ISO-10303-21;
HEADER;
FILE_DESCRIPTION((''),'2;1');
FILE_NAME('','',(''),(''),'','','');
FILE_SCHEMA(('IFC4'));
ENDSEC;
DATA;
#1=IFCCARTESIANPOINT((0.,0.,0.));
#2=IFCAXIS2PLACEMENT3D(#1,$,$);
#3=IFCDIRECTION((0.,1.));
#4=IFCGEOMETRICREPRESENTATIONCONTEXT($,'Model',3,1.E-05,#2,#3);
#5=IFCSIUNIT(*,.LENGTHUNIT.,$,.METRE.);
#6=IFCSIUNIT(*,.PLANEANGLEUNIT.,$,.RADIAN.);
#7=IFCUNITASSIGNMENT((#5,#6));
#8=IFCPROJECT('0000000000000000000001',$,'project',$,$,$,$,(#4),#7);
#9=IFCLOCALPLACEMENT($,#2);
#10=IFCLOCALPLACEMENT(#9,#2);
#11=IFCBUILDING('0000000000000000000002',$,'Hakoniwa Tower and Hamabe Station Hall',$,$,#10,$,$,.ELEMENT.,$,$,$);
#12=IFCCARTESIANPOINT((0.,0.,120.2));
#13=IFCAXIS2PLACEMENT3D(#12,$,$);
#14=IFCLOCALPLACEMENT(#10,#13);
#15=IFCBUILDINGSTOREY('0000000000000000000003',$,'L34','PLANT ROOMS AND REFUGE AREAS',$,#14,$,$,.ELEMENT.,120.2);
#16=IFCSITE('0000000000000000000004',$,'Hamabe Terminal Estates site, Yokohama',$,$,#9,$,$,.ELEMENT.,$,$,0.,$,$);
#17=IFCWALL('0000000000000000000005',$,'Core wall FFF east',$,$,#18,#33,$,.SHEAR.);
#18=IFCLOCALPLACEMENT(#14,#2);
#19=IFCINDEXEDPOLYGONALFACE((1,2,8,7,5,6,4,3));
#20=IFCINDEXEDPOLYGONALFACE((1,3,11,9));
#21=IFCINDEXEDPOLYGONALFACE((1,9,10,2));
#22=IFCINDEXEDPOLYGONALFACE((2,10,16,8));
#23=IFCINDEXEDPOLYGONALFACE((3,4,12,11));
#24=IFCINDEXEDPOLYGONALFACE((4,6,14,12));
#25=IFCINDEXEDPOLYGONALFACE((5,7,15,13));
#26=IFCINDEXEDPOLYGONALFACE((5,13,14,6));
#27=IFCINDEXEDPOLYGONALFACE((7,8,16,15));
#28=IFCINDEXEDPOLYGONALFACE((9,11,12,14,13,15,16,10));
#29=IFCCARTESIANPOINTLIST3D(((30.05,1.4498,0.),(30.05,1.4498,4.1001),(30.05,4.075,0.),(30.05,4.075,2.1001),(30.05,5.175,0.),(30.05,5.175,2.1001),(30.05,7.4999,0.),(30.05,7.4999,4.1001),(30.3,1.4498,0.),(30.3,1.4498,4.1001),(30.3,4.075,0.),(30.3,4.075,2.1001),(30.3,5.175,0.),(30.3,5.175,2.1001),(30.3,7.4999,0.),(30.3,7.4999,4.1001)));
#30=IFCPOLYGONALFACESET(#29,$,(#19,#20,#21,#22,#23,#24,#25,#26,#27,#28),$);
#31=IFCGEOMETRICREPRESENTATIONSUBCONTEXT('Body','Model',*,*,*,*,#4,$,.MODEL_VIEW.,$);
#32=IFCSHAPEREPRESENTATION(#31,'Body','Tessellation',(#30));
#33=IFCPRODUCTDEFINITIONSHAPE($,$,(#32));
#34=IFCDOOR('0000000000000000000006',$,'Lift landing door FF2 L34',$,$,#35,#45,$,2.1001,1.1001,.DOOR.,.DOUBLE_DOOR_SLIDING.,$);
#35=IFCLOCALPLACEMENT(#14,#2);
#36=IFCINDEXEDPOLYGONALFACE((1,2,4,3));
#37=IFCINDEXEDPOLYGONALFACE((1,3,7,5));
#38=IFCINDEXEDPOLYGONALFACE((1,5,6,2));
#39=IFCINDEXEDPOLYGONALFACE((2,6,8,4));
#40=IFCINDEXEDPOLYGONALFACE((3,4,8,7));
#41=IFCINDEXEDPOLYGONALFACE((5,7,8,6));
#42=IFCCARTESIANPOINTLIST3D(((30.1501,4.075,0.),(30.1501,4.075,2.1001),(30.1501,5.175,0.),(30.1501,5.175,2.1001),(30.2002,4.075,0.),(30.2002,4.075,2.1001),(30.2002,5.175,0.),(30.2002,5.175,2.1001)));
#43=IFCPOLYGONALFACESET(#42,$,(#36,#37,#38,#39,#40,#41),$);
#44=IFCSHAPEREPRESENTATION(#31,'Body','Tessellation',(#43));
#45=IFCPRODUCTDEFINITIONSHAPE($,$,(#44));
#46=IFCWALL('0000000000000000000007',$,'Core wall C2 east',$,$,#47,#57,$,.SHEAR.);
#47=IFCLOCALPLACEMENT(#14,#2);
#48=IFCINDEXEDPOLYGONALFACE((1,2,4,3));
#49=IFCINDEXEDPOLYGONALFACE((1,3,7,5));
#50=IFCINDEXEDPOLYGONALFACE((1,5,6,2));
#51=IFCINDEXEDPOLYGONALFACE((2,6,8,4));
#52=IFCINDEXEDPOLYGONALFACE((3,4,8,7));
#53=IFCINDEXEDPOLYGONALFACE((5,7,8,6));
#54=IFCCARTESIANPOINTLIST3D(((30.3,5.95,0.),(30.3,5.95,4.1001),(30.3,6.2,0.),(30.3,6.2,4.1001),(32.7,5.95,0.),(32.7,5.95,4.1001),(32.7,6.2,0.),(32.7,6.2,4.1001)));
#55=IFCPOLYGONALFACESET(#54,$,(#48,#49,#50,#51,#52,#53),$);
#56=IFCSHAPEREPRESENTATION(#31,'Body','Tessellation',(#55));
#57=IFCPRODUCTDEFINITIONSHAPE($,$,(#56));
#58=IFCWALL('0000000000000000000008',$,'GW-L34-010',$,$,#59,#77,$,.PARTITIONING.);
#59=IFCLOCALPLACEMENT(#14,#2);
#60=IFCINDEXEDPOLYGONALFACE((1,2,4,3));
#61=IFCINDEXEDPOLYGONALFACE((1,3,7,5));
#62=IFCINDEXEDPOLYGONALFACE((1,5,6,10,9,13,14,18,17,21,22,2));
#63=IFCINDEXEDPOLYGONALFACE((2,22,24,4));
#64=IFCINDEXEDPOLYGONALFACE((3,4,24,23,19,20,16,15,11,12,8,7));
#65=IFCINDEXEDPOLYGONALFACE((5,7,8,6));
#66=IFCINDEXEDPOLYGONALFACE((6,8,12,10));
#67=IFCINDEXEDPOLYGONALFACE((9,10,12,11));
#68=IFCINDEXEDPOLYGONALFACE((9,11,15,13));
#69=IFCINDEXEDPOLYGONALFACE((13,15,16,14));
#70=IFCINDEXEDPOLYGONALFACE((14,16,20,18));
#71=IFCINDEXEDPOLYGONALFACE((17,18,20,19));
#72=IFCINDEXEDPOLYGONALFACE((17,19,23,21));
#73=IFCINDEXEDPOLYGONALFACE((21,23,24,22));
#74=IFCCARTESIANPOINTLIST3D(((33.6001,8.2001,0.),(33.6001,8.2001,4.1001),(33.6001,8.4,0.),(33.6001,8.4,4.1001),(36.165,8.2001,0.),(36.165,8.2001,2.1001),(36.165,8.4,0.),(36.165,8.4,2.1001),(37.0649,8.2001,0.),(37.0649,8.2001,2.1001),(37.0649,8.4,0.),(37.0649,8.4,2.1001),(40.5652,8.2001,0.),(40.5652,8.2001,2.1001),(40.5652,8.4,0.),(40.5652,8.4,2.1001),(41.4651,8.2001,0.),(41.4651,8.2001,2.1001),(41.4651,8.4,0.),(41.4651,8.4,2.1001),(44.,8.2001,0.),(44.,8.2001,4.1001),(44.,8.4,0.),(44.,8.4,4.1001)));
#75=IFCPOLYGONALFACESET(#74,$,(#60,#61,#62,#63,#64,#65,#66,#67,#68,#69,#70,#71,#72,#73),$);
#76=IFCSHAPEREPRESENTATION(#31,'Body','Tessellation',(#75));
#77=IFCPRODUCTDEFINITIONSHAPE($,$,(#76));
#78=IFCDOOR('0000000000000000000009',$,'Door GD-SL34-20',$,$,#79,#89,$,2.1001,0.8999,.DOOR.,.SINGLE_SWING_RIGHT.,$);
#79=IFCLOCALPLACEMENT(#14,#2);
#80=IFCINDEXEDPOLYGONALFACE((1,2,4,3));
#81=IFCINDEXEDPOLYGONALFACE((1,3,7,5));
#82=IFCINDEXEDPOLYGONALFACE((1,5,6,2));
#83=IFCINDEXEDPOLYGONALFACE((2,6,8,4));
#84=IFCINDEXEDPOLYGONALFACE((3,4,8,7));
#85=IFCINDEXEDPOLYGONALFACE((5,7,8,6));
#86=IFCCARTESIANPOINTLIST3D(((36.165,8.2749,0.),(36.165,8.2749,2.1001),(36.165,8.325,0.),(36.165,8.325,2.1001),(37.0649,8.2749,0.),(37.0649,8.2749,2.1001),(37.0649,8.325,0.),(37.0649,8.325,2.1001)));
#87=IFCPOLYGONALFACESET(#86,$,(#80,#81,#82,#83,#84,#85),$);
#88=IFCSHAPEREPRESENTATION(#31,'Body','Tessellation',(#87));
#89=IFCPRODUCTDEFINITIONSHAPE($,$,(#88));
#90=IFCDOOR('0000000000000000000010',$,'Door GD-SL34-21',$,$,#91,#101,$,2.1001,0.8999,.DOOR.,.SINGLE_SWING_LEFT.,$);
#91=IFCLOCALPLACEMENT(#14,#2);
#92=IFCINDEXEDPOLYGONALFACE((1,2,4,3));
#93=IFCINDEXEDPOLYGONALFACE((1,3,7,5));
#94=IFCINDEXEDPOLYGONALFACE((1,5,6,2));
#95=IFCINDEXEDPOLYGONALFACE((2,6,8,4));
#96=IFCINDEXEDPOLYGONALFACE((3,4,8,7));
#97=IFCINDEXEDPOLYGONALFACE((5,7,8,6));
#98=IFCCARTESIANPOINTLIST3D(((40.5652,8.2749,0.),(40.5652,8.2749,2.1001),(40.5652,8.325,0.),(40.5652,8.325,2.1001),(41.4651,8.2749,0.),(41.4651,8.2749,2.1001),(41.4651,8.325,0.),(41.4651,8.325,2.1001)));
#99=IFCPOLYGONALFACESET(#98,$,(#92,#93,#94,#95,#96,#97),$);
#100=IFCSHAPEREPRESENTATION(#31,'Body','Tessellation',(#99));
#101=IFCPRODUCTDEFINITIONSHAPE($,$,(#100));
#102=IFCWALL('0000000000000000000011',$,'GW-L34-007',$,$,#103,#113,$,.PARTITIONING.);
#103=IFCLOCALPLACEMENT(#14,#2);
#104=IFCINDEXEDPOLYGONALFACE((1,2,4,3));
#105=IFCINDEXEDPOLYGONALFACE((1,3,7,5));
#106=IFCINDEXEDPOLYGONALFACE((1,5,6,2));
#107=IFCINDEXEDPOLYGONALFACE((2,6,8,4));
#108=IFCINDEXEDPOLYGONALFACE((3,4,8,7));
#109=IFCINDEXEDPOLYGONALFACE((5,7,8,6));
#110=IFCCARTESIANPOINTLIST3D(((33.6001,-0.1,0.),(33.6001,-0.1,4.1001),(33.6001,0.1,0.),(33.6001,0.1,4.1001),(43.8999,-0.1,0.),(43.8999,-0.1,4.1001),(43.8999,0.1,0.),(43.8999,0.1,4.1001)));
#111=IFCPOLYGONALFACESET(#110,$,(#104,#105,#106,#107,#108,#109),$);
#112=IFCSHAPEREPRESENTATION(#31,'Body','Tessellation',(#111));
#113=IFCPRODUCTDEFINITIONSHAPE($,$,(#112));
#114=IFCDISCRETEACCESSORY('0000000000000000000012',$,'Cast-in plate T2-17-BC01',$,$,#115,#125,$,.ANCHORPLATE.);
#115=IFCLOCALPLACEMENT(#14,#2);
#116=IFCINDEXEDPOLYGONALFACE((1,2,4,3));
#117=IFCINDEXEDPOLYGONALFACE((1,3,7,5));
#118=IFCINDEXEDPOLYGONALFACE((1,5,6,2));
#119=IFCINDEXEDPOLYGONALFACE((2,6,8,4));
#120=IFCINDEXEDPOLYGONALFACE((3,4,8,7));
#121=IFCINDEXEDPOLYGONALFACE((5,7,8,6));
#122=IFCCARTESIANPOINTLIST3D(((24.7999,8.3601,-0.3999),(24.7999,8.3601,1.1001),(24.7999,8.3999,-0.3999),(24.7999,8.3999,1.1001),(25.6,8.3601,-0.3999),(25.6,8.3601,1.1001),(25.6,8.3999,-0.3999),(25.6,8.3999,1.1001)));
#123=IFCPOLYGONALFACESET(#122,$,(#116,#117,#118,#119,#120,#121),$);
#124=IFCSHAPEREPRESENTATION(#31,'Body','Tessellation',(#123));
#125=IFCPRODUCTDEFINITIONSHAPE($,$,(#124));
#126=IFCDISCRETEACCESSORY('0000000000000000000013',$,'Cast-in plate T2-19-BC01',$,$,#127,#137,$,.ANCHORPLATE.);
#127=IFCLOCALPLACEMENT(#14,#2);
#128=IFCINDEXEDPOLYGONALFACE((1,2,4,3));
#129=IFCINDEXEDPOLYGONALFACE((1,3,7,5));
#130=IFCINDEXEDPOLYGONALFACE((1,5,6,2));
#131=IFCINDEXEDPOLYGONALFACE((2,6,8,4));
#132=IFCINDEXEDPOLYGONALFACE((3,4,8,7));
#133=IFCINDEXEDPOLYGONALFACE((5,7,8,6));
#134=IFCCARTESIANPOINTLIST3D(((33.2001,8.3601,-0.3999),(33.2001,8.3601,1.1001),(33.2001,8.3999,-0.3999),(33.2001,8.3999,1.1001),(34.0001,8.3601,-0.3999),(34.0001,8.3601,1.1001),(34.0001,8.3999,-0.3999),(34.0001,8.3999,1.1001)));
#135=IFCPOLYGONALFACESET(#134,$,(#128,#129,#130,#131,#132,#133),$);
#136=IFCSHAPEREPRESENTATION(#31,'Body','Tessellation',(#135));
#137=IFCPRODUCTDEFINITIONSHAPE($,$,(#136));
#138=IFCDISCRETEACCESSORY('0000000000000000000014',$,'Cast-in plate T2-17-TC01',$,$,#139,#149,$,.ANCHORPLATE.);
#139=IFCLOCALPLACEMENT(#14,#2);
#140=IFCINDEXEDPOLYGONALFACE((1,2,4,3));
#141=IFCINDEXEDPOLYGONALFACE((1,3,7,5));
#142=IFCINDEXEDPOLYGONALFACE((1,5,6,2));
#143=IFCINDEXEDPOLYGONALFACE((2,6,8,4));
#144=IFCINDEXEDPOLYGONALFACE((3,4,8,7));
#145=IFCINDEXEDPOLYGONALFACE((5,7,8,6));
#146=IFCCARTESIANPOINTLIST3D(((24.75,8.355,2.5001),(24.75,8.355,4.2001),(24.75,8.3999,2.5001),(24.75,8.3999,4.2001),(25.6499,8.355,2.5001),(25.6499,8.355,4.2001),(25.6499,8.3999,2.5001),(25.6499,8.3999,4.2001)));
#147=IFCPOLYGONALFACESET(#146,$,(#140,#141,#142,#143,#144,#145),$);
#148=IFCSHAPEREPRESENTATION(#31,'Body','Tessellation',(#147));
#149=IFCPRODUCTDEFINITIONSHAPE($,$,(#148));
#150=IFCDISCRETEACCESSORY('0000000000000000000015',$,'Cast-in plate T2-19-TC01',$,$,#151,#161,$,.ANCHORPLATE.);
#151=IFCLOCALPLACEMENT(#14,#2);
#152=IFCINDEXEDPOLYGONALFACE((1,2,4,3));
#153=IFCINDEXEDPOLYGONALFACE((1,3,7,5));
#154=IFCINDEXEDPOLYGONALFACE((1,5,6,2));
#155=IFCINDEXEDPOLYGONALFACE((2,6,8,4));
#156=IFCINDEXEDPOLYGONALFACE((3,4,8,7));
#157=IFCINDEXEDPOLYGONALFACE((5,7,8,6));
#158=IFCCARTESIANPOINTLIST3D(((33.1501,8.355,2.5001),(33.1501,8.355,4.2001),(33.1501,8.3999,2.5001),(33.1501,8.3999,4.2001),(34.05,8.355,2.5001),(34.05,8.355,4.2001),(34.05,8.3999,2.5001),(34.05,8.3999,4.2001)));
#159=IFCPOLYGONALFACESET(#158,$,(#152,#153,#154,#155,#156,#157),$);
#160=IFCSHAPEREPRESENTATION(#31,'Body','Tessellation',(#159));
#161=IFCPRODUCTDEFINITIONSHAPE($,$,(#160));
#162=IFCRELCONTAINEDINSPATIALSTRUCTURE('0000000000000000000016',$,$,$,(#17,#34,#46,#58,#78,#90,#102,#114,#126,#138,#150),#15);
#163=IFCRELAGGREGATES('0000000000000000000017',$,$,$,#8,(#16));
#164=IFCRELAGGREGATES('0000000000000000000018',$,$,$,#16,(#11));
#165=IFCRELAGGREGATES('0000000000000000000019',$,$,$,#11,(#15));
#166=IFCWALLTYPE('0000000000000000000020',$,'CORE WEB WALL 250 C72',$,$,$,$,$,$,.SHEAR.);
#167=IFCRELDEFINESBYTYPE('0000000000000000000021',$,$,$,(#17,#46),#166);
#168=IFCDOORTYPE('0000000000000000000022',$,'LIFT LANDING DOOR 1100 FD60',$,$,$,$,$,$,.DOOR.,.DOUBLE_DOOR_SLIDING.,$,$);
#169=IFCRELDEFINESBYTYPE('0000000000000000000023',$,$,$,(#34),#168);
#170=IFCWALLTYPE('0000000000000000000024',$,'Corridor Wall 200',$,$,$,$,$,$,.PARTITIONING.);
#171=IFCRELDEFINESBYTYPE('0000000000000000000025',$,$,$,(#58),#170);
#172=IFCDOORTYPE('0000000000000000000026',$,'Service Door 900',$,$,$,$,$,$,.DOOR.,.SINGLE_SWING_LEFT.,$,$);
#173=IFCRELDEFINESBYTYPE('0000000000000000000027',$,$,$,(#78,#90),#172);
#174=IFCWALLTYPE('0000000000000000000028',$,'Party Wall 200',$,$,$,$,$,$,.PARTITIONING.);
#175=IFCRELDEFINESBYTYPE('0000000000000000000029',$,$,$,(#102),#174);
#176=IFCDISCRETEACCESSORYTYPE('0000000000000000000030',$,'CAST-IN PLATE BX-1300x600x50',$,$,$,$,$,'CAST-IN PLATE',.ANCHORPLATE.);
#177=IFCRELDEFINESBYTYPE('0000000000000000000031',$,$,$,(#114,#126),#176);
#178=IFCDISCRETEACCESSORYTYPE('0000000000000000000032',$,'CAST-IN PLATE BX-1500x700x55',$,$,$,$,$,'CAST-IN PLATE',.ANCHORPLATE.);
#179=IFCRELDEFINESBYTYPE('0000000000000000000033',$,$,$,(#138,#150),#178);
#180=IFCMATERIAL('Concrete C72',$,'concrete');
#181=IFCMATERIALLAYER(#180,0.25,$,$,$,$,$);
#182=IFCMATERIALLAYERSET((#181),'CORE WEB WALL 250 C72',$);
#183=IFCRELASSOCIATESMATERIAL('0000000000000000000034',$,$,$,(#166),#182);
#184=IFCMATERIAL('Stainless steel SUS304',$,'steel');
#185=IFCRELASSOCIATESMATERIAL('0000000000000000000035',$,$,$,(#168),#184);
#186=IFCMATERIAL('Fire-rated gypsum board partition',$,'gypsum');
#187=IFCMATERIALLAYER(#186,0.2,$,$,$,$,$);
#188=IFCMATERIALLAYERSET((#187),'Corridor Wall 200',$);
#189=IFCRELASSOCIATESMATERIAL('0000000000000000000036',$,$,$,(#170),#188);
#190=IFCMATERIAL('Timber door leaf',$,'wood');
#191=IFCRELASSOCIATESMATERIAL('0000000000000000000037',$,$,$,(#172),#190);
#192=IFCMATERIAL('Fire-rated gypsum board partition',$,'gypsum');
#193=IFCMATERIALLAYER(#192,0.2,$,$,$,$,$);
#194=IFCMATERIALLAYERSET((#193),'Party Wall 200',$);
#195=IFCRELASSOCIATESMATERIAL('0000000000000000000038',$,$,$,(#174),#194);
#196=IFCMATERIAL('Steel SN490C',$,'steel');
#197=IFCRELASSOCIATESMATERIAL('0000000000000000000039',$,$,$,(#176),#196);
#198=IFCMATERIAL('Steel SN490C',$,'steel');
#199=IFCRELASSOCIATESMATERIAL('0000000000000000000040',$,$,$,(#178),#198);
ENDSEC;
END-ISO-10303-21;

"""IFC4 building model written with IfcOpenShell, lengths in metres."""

from ifc_helpers import new_model, si_unit, direction, frame, frame_2d, origin, origin_2d, place, context, subcontext, project, spatial, rectangle, extrude, material, layer, layer_set, material_profile, profile_set, type_object, element, fill, save


model = new_model("IFC4")

# Units and contexts
model_context = context("Model", 3, precision=1e-05, world=origin(), true_north=direction((0.0, 1.0)))
body_context = subcontext(model_context, "Body", "Model", "MODEL_VIEW")
ifc_project = project(units=[si_unit("LENGTHUNIT", "METRE"), si_unit("PLANEANGLEUNIT", "RADIAN")], contexts=[model_context])

# Site, building, storey
site_placement = place(None, origin())
site = spatial("IfcSite", under=ifc_project, at=site_placement, Name="Hamabe Terminal Estates site, Yokohama", CompositionType="ELEMENT", RefElevation=0.0)
building_placement = place(site_placement, origin())
building = spatial("IfcBuilding", under=site, at=building_placement, Name="Hakoniwa Tower and Hamabe Station Hall", CompositionType="ELEMENT")
storey_placement = place(building_placement, frame((0.0, 0.0, 120.2)))
storey = spatial("IfcBuildingStorey", under=building, at=storey_placement, Name="L34", Description="PLANT ROOMS AND REFUGE AREAS", CompositionType="ELEMENT", Elevation=120.2)

# Shared definitions
ifc_material_1 = material(Name="Concrete C72", Category="concrete")
ifc_layer_1 = layer(ifc_material_1, 0.25)
ifc_layer_set_1 = layer_set([ifc_layer_1], Name="CORE WEB WALL 250 C72")
wall_type_1 = type_object("IfcWallType", Name="CORE WEB WALL 250 C72", PredefinedType="SHEAR", material=ifc_layer_set_1)

# Wall, opening, door
wall_1_placement = place(storey_placement, frame((30.175, 1.45, 0.0), z_axis=(0.0, 0.0, 1.0), x_axis=(0.0, 1.0, 0.0)))
wall_1 = element("IfcWall", 1, at=wall_1_placement, inside=storey, type_object=wall_type_1, Name="Core wall FFF east", PredefinedType="SHEAR", context=body_context, shape_type="SweptSolid", body=[
    extrude(rectangle(XDim=6.05, YDim=0.25, at=frame_2d((3.0249, 0.0))), origin(), (0.0, 0.0, 1.0), 4.1001),
])
opening_1_placement = place(wall_1_placement, frame((2.625, 0.0, 0.0)))
opening_1 = element("IfcOpeningElement", 2, at=opening_1_placement, cuts=wall_1, PredefinedType="OPENING", context=body_context, shape_type="SweptSolid", body=[
    extrude(rectangle(XDim=1.1001, YDim=2.1001, at=frame_2d((0.55, 1.05))), frame((0.0, 0.135, 0.0), z_axis=(0.0, -1.0, 0.0), x_axis=(1.0, 0.0, 0.0)), (0.0, 0.0, 1.0), 0.27),
])
ifc_material_2 = material(Name="Stainless steel SUS304", Category="steel")
door_type_1 = type_object("IfcDoorType", Name="LIFT LANDING DOOR 1100 FD60", OperationType="DOUBLE_DOOR_SLIDING", PredefinedType="DOOR", material=ifc_material_2)
door_1_placement = place(opening_1_placement, origin())
door_1 = element("IfcDoor", 3, at=door_1_placement, inside=storey, type_object=door_type_1, Name="Lift landing door FF2 L34", OperationType="DOUBLE_DOOR_SLIDING", OverallHeight=2.1001, OverallWidth=1.1001, PredefinedType="DOOR", context=body_context, shape_type="SweptSolid", body=[
    extrude(rectangle(XDim=1.1001, YDim=2.1001, at=frame_2d((0.55, 1.05))), frame((0.0, 0.0249, 0.0), z_axis=(0.0, -1.0, 0.0), x_axis=(1.0, 0.0, 0.0)), (0.0, 0.0, 1.0), 0.05),
])
fill(opening_1, door_1)

# Wall
wall_2_placement = place(storey_placement, frame((30.3, 6.075, 0.0), z_axis=(0.0, 0.0, 1.0), x_axis=(1.0, 0.0, 0.0)))
element("IfcWall", 4, at=wall_2_placement, inside=storey, type_object=wall_type_1, Name="Core wall C2 east", PredefinedType="SHEAR", context=body_context, shape_type="SweptSolid", body=[
    extrude(rectangle(XDim=2.3999, YDim=0.25, at=frame_2d((1.2, 0.0))), origin(), (0.0, 0.0, 1.0), 4.1001),
])

# Wall, openings, doors
ifc_material_3 = material(Name="Fire-rated gypsum board partition", Category="gypsum")
ifc_layer_2 = layer(ifc_material_3, 0.2)
ifc_layer_set_2 = layer_set([ifc_layer_2], Name="Corridor Wall 200")
wall_type_2 = type_object("IfcWallType", Name="Corridor Wall 200", PredefinedType="PARTITIONING", material=ifc_layer_set_2)
wall_3_placement = place(storey_placement, frame((33.6001, 8.3, 0.0), z_axis=(0.0, 0.0, 1.0), x_axis=(1.0, 0.0, 0.0)))
wall_3 = element("IfcWall", 5, at=wall_3_placement, inside=storey, type_object=wall_type_2, Name="GW-L34-010", PredefinedType="PARTITIONING", context=body_context, shape_type="SweptSolid", body=[
    extrude(rectangle(XDim=10.3999, YDim=0.2, at=frame_2d((5.2, 0.0))), origin(), (0.0, 0.0, 1.0), 4.1001),
])
opening_2_placement = place(wall_3_placement, frame((2.5649, 0.0, 0.0)))
opening_2 = element("IfcOpeningElement", 6, at=opening_2_placement, cuts=wall_3, PredefinedType="OPENING", context=body_context, shape_type="SweptSolid", body=[
    extrude(rectangle(XDim=0.8999, YDim=2.1001, at=frame_2d((0.45, 1.05))), frame((0.0, 0.1099, 0.0), z_axis=(0.0, -1.0, 0.0), x_axis=(1.0, 0.0, 0.0)), (0.0, 0.0, 1.0), 0.22),
])
opening_3_placement = place(wall_3_placement, frame((6.9651, 0.0, 0.0)))
opening_3 = element("IfcOpeningElement", 7, at=opening_3_placement, cuts=wall_3, PredefinedType="OPENING", context=body_context, shape_type="SweptSolid", body=[
    extrude(rectangle(XDim=0.8999, YDim=2.1001, at=frame_2d((0.45, 1.05))), frame((0.0, 0.1099, 0.0), z_axis=(0.0, -1.0, 0.0), x_axis=(1.0, 0.0, 0.0)), (0.0, 0.0, 1.0), 0.22),
])
ifc_material_4 = material(Name="Timber door leaf", Category="wood")
door_type_2 = type_object("IfcDoorType", Name="Service Door 900", OperationType="SINGLE_SWING_LEFT", PredefinedType="DOOR", material=ifc_material_4)
door_2_placement = place(opening_2_placement, origin())
door_2 = element("IfcDoor", 8, at=door_2_placement, inside=storey, type_object=door_type_2, Name="Door GD-SL34-20", OperationType="SINGLE_SWING_RIGHT", OverallHeight=2.1001, OverallWidth=0.8999, PredefinedType="DOOR", context=body_context, shape_type="SweptSolid", body=[
    extrude(rectangle(XDim=0.8999, YDim=2.1001, at=frame_2d((0.45, 1.05))), frame((0.0, 0.0249, 0.0), z_axis=(0.0, -1.0, 0.0), x_axis=(1.0, 0.0, 0.0)), (0.0, 0.0, 1.0), 0.05),
])
fill(opening_2, door_2)
door_3_placement = place(opening_3_placement, origin())
door_3 = element("IfcDoor", 9, at=door_3_placement, inside=storey, type_object=door_type_2, Name="Door GD-SL34-21", OperationType="SINGLE_SWING_LEFT", OverallHeight=2.1001, OverallWidth=0.8999, PredefinedType="DOOR", context=body_context, shape_type="SweptSolid", body=[
    extrude(rectangle(XDim=0.8999, YDim=2.1001, at=frame_2d((0.45, 1.05))), frame((0.0, 0.0249, 0.0), z_axis=(0.0, -1.0, 0.0), x_axis=(1.0, 0.0, 0.0)), (0.0, 0.0, 1.0), 0.05),
])
fill(opening_3, door_3)

# Wall
ifc_material_5 = material(Name="Fire-rated gypsum board partition", Category="gypsum")
ifc_layer_3 = layer(ifc_material_5, 0.2)
ifc_layer_set_3 = layer_set([ifc_layer_3], Name="Party Wall 200")
wall_type_3 = type_object("IfcWallType", Name="Party Wall 200", PredefinedType="PARTITIONING", material=ifc_layer_set_3)
wall_4_placement = place(storey_placement, frame((33.6001, 0.0, 0.0), z_axis=(0.0, 0.0, 1.0), x_axis=(1.0, 0.0, 0.0)))
element("IfcWall", 10, at=wall_4_placement, inside=storey, type_object=wall_type_3, Name="GW-L34-007", PredefinedType="PARTITIONING", context=body_context, shape_type="SweptSolid", body=[
    extrude(rectangle(XDim=10.2998, YDim=0.2, at=frame_2d((5.1499, 0.0))), origin(), (0.0, 0.0, 1.0), 4.1001),
])

# Discrete accessories
ifc_material_6 = material(Name="Steel SN490C", Category="steel")
ifc_material_profile_1 = material_profile(ifc_material_6, rectangle(XDim=0.8, YDim=1.5, at=origin_2d()), Name="CAST-IN PLATE BX-1300x600x50")
ifc_profile_set_1 = profile_set([ifc_material_profile_1], Name="Steel SN490C")
discrete_accessory_type_1 = type_object("IfcDiscreteAccessoryType", Name="CAST-IN PLATE BX-1300x600x50", ElementType="CAST-IN PLATE", PredefinedType="ANCHORPLATE", material=ifc_profile_set_1)
for number, where, z_axis, x_axis, name in (
    (11, (25.2, 8.3601, 0.3501), (0.0, 1.0, 0.0), (-1.0, 0.0, 0.0), "Cast-in plate T2-17-BC01"),
    (12, (33.6001, 8.3601, 0.3501), (0.0, 1.0, 0.0), (-1.0, 0.0, 0.0), "Cast-in plate T2-19-BC01"),
):
    element("IfcDiscreteAccessory", number, at=place(storey_placement, frame(where, z_axis=z_axis, x_axis=x_axis)), inside=storey, type_object=discrete_accessory_type_1, Name=name, PredefinedType="ANCHORPLATE", context=body_context, shape_type="SweptSolid", body=[
        extrude(rectangle(XDim=0.8, YDim=1.5, at=origin_2d()), origin(), (0.0, 0.0, 1.0), 0.0398),
    ])
ifc_material_7 = material(Name="Steel SN490C", Category="steel")
ifc_material_profile_2 = material_profile(ifc_material_7, rectangle(XDim=0.8999, YDim=1.7, at=origin_2d()), Name="CAST-IN PLATE BX-1500x700x55")
ifc_profile_set_2 = profile_set([ifc_material_profile_2], Name="Steel SN490C")
discrete_accessory_type_2 = type_object("IfcDiscreteAccessoryType", Name="CAST-IN PLATE BX-1500x700x55", ElementType="CAST-IN PLATE", PredefinedType="ANCHORPLATE", material=ifc_profile_set_2)
for number, where, z_axis, x_axis, name in (
    (13, (25.2, 8.355, 3.3501), (0.0, 1.0, 0.0), (-1.0, 0.0, 0.0), "Cast-in plate T2-17-TC01"),
    (14, (33.6001, 8.355, 3.3501), (0.0, 1.0, 0.0), (-1.0, 0.0, 0.0), "Cast-in plate T2-19-TC01"),
):
    element("IfcDiscreteAccessory", number, at=place(storey_placement, frame(where, z_axis=z_axis, x_axis=x_axis)), inside=storey, type_object=discrete_accessory_type_2, Name=name, PredefinedType="ANCHORPLATE", context=body_context, shape_type="SweptSolid", body=[
        extrude(rectangle(XDim=0.8999, YDim=1.7, at=origin_2d()), origin(), (0.0, 0.0, 1.0), 0.0449),
    ])

save(model, "model.ifc")
